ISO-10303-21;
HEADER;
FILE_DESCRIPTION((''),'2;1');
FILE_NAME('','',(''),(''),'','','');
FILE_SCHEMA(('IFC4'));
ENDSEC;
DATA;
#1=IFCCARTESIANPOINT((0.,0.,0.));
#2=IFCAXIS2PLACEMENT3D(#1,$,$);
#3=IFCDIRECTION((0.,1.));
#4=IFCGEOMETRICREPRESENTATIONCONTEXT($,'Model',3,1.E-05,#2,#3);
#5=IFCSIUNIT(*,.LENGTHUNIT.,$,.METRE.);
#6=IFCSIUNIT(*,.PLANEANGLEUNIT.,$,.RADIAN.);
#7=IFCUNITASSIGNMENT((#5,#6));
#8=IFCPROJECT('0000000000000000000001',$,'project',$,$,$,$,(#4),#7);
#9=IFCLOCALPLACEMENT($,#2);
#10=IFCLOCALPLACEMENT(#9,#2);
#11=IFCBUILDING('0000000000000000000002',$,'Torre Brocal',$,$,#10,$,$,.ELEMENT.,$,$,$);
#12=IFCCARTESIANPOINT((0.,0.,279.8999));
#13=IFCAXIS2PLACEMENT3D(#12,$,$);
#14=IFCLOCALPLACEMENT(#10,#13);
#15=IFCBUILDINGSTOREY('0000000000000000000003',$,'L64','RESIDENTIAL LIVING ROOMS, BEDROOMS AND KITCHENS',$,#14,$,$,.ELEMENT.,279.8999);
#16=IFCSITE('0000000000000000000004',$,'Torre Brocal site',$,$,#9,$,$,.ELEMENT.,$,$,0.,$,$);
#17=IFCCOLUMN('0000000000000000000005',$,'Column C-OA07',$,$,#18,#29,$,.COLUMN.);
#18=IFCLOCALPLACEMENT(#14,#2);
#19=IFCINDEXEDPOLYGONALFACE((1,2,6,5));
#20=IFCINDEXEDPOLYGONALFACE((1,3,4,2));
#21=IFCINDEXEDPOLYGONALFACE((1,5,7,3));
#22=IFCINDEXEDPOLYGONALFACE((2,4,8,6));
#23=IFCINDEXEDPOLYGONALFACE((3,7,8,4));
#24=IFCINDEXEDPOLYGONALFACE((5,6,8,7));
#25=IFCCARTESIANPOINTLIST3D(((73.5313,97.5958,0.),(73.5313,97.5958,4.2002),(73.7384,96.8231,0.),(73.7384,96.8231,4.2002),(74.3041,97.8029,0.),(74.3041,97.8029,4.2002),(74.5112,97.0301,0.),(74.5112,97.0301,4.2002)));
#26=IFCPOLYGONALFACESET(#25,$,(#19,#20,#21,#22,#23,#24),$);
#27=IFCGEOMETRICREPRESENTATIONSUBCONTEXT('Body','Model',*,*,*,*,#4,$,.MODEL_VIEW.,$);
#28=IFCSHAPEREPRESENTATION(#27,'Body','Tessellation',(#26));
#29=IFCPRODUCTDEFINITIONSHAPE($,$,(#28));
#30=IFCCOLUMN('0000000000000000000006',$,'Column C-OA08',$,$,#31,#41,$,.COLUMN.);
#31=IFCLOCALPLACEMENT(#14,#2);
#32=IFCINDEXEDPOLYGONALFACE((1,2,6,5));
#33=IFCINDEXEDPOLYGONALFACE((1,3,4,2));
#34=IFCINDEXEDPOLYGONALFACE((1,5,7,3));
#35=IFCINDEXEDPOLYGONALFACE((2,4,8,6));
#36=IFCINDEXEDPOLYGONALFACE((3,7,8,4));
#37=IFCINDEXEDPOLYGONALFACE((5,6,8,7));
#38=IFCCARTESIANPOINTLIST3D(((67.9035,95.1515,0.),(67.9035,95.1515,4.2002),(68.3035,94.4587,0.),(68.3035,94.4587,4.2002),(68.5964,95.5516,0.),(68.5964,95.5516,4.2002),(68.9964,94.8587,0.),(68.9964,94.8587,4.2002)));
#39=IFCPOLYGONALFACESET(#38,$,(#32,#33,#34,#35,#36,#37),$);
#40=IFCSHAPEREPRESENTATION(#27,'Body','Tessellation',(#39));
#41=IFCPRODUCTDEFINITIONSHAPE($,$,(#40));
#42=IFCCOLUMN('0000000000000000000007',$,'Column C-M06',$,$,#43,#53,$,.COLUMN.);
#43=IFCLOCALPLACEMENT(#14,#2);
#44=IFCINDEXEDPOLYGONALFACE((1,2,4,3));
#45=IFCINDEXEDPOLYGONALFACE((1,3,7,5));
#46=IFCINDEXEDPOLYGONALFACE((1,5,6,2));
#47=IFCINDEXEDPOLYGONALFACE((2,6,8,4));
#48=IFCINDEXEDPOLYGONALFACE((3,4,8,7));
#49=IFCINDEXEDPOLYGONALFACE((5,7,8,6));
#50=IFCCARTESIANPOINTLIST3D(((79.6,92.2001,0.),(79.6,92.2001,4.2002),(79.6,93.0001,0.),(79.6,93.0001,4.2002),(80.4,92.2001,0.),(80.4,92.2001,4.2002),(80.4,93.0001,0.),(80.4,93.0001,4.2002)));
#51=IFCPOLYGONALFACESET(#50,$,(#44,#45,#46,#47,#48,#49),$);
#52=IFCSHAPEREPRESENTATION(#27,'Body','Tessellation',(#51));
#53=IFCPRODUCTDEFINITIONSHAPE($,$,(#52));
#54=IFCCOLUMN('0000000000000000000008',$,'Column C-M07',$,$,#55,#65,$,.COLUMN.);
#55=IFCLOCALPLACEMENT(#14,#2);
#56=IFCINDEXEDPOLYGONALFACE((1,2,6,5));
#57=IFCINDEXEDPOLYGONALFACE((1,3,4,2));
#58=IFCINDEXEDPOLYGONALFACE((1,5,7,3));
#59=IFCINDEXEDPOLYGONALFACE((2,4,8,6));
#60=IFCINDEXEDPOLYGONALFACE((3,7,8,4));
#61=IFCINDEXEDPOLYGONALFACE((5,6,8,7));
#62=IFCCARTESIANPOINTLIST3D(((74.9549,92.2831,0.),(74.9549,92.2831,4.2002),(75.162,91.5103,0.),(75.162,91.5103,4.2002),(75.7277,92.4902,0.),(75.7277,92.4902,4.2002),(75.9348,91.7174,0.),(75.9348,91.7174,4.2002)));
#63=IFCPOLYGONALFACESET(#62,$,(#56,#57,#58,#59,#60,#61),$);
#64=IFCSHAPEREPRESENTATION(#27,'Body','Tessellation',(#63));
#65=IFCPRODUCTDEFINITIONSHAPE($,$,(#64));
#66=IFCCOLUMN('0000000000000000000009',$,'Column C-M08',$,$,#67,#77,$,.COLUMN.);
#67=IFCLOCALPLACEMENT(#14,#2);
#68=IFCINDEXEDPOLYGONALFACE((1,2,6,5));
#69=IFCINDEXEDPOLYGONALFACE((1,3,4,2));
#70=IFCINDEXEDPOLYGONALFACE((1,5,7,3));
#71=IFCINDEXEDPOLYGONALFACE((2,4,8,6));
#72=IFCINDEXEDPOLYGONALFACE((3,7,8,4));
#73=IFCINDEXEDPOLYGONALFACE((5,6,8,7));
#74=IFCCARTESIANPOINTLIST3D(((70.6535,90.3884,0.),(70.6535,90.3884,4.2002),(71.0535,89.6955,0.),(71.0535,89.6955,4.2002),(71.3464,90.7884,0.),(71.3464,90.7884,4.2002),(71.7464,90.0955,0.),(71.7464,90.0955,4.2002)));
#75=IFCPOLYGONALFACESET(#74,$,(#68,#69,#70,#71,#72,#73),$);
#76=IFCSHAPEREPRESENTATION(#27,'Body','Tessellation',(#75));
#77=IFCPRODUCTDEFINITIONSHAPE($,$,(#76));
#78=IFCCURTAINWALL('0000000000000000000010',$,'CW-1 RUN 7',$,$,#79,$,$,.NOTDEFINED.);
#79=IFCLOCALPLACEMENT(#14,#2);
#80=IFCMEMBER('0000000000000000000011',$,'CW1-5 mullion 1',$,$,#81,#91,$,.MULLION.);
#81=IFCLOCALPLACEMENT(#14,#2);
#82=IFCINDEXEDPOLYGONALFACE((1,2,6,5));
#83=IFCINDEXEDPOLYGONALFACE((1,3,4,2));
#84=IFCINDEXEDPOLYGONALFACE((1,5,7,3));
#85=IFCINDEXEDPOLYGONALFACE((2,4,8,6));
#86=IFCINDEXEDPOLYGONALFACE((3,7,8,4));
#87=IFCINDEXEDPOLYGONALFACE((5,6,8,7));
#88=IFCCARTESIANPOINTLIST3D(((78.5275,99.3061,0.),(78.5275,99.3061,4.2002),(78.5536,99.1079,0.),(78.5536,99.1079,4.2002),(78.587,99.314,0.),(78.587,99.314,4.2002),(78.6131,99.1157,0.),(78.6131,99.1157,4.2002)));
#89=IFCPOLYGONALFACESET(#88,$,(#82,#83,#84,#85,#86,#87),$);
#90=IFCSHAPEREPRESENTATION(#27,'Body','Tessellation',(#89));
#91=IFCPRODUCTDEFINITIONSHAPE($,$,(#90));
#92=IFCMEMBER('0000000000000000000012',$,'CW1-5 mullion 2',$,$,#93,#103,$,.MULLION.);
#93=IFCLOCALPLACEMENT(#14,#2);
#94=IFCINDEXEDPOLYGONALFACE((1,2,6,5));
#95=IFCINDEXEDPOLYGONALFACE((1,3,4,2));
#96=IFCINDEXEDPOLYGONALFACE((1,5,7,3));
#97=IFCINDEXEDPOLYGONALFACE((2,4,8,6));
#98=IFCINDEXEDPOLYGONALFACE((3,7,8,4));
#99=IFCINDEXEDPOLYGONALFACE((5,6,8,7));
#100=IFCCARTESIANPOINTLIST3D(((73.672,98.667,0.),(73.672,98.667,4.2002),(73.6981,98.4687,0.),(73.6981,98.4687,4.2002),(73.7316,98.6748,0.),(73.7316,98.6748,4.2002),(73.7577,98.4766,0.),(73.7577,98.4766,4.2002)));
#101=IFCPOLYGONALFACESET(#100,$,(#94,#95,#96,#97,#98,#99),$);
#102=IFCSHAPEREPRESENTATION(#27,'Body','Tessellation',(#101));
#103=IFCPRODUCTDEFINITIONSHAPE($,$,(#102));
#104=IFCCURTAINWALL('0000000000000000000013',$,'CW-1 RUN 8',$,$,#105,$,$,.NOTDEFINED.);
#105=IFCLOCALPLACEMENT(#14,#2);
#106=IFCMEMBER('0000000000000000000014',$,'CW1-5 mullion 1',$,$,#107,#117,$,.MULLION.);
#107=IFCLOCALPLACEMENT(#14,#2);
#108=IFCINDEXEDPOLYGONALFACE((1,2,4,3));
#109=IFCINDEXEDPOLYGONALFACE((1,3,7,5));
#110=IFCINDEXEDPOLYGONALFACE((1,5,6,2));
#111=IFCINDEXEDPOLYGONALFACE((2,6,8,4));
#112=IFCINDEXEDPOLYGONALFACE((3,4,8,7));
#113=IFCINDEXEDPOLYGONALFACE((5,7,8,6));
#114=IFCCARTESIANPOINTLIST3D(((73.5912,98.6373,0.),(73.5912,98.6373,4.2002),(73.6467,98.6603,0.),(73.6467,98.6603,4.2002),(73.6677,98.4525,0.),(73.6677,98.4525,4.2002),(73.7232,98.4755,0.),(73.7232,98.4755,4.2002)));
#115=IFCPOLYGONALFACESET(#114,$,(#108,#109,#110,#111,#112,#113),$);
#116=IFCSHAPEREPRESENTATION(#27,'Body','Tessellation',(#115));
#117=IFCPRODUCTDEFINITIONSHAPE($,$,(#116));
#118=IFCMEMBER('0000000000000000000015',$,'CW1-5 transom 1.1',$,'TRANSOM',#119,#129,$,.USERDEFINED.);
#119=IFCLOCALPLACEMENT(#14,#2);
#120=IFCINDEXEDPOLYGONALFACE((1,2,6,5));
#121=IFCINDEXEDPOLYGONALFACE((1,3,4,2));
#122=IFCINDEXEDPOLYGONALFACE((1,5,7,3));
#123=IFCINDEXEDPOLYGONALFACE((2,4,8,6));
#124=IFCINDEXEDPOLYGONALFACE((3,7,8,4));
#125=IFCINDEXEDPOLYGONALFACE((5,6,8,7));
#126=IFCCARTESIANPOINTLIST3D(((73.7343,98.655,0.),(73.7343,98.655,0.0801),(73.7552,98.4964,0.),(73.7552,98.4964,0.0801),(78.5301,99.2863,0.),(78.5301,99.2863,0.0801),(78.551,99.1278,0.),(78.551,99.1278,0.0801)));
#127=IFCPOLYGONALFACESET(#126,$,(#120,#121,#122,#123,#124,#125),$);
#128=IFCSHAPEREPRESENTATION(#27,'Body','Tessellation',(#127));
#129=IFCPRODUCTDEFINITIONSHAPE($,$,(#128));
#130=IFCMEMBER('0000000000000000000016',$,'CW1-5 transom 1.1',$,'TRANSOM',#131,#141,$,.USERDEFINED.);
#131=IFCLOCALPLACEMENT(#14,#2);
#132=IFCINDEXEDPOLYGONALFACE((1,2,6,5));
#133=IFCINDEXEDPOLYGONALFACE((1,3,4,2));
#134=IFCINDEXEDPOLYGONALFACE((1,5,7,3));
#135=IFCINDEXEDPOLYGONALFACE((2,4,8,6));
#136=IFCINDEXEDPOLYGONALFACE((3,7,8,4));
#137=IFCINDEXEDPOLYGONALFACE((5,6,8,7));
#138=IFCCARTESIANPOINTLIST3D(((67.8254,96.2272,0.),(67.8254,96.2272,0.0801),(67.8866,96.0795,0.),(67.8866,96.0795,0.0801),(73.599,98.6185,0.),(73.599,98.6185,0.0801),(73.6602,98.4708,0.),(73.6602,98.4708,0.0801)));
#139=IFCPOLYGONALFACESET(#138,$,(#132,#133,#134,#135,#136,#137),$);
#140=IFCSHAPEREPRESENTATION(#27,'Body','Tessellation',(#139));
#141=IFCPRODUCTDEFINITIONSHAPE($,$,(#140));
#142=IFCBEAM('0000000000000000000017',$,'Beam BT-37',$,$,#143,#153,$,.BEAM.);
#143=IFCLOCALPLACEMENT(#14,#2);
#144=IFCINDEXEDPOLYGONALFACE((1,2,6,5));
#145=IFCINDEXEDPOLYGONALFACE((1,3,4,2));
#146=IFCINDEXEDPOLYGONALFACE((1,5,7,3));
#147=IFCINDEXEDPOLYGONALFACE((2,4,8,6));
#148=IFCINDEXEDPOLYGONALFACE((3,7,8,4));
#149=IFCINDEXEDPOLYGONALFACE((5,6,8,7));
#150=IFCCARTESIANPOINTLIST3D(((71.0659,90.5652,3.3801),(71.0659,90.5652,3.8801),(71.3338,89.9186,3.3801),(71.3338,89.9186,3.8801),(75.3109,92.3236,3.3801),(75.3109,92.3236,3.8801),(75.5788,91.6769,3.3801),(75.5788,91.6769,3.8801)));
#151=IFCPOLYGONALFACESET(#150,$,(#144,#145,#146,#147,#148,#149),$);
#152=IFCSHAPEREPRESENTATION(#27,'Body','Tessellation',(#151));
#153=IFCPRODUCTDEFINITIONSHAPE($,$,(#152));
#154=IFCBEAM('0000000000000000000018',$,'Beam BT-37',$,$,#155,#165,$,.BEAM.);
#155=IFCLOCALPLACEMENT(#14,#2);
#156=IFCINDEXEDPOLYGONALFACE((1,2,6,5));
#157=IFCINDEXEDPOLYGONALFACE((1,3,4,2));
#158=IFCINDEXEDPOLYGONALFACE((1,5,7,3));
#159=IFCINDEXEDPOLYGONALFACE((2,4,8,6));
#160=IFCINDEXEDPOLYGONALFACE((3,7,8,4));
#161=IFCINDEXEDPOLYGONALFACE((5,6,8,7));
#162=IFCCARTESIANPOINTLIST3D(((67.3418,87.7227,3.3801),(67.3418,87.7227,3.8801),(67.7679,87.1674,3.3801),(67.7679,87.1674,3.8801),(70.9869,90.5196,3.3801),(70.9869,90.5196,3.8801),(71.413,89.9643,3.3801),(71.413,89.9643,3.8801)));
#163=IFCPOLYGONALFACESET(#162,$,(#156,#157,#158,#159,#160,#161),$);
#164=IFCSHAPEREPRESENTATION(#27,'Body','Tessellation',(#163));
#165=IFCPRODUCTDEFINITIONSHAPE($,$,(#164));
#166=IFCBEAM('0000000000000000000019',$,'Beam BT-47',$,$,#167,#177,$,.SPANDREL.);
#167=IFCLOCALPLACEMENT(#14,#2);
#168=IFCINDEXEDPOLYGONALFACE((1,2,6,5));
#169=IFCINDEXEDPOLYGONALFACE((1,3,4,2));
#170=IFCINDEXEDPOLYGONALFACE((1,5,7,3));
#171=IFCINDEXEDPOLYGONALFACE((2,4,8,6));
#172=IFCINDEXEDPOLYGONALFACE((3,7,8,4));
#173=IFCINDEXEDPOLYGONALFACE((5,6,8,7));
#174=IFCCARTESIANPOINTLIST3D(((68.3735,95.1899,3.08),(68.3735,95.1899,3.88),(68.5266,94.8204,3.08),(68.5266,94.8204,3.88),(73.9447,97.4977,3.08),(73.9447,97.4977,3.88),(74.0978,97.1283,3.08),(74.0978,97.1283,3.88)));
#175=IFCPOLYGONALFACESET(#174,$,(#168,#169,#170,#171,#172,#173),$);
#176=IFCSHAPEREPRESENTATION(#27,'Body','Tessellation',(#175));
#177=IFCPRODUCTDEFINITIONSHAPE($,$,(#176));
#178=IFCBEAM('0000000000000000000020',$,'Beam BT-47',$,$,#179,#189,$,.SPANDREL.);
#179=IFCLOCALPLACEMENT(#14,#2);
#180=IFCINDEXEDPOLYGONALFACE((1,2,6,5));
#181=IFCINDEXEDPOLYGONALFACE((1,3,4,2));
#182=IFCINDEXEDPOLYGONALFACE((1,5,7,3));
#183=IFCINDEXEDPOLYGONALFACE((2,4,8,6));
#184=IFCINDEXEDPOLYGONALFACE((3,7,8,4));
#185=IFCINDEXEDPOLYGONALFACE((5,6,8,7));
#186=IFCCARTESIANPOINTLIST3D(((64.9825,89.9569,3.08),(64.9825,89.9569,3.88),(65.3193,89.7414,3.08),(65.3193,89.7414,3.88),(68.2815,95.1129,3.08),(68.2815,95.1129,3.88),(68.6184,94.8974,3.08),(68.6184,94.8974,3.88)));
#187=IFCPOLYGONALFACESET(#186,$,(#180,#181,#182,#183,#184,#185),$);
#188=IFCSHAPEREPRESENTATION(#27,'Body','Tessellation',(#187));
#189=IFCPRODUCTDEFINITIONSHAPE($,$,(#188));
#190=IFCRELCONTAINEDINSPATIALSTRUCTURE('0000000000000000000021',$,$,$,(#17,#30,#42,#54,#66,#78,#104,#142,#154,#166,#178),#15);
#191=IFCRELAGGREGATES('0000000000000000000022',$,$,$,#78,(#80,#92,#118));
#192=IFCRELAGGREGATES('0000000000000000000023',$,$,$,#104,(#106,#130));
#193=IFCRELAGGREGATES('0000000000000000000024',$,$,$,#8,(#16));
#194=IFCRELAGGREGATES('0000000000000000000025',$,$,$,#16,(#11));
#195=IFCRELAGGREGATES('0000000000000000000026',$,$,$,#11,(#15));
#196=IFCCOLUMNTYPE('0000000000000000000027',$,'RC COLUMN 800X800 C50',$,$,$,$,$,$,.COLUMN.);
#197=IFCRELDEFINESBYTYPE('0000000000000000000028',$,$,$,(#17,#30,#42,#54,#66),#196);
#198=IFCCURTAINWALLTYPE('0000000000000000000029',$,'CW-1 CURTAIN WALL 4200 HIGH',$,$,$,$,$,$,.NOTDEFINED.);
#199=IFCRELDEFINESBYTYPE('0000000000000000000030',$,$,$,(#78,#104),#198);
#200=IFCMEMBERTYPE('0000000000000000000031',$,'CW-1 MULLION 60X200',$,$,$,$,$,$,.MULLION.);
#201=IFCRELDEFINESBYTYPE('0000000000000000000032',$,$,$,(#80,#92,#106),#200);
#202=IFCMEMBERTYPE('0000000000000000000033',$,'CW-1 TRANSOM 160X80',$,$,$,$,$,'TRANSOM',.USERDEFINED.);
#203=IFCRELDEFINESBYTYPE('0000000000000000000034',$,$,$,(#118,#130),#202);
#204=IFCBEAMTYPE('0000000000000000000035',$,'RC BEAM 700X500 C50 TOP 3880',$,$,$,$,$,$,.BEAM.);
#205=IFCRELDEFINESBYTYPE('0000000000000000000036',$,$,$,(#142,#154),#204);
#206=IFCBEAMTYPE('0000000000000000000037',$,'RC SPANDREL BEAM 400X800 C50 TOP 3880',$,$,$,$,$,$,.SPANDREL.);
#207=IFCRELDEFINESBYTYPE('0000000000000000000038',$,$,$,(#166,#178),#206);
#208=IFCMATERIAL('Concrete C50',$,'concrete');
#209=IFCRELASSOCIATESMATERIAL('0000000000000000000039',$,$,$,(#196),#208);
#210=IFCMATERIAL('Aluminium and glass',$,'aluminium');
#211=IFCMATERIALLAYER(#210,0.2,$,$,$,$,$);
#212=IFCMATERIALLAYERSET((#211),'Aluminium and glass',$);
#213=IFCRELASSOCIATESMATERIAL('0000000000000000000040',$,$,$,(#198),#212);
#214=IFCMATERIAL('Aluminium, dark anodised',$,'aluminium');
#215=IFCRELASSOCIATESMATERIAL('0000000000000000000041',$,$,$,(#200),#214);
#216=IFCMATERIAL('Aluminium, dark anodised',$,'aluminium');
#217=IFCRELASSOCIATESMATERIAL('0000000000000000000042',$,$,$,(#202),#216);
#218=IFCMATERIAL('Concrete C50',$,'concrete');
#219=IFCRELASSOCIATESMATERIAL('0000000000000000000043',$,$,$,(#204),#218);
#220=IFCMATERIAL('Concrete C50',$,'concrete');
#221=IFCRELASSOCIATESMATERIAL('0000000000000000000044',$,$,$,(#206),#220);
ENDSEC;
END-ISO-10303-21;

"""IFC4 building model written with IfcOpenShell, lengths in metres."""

from ifc_helpers import new_model, si_unit, direction, frame, origin, origin_2d, place, context, subcontext, project, spatial, rectangle, extrude, material, layer, layer_set, material_profile, profile_set, type_object, element, aggregate, save


model = new_model("IFC4")

# Units and contexts
model_context = context("Model", 3, precision=1e-05, world=origin(), true_north=direction((0.0, 1.0)))
body_context = subcontext(model_context, "Body", "Model", "MODEL_VIEW")
ifc_project = project(units=[si_unit("LENGTHUNIT", "METRE"), si_unit("PLANEANGLEUNIT", "RADIAN")], contexts=[model_context])

# Site, building, storey
site_placement = place(None, origin())
site = spatial("IfcSite", under=ifc_project, at=site_placement, Name="Torre Brocal site", CompositionType="ELEMENT", RefElevation=0.0)
building_placement = place(site_placement, origin())
building = spatial("IfcBuilding", under=site, at=building_placement, Name="Torre Brocal", CompositionType="ELEMENT")
storey_placement = place(building_placement, frame((0.0, 0.0, 279.8999)))
storey = spatial("IfcBuildingStorey", under=building, at=storey_placement, Name="L64", Description="RESIDENTIAL LIVING ROOMS, BEDROOMS AND KITCHENS", CompositionType="ELEMENT", Elevation=279.8999)

# Columns
ifc_material_1 = material(Name="Concrete C50", Category="concrete")
ifc_material_profile_1 = material_profile(ifc_material_1, rectangle(XDim=0.8, YDim=0.8, at=origin_2d()), Name="RC 800X800")
ifc_profile_set_1 = profile_set([ifc_material_profile_1], Name="Concrete C50")
column_type = type_object("IfcColumnType", Name="RC COLUMN 800X800 C50", PredefinedType="COLUMN", material=ifc_profile_set_1)
for number, where, z_axis, x_axis, name in (
    (1, (74.0212, 97.313, 0.0), (0.0, 0.0, 1.0), (-0.258819, 0.965926, 0.0), "Column C-OA07"),
    (2, (68.45, 95.0051, 0.0), (0.0, 0.0, 1.0), (-0.5, 0.866025, 0.0), "Column C-OA08"),
    (3, (80.0, 92.6001, 0.0), (0.0, 0.0, 1.0), (0.0, 1.0, 0.0), "Column C-M06"),
    (4, (75.4448, 92.0002, 0.0), (0.0, 0.0, 1.0), (-0.258819, 0.965926, 0.0), "Column C-M07"),
    (5, (71.2, 90.2419, 0.0), (0.0, 0.0, 1.0), (-0.5, 0.866025, 0.0), "Column C-M08"),
):
    element("IfcColumn", number, at=place(storey_placement, frame(where, z_axis=z_axis, x_axis=x_axis)), inside=storey, type_object=column_type, Name=name, PredefinedType="COLUMN", context=body_context, shape_type="SweptSolid", body=[
        extrude(rectangle(XDim=0.8, YDim=0.8, at=origin_2d()), origin(), (0.0, 0.0, 1.0), 4.2002),
    ])

# Curtain wall, members
ifc_material_2 = material(Name="Aluminium and glass", Category="aluminium")
ifc_layer_1 = layer(ifc_material_2, 0.2)
ifc_layer_set_1 = layer_set([ifc_layer_1], Name="Aluminium and glass")
curtain_wall_type = type_object("IfcCurtainWallType", Name="CW-1 CURTAIN WALL 4200 HIGH", PredefinedType="NOTDEFINED", material=ifc_layer_set_1)
curtain_wall_1_placement = place(storey_placement, origin())
curtain_wall_1 = element("IfcCurtainWall", 6, at=curtain_wall_1_placement, inside=storey, type_object=curtain_wall_type, Name="CW-1 RUN 7", PredefinedType="NOTDEFINED")
ifc_material_3 = material(Name="Aluminium, dark anodised", Category="aluminium")
ifc_material_profile_2 = material_profile(ifc_material_3, rectangle(XDim=0.2, YDim=0.0601, at=origin_2d()), Name="CW-1 MULLION 60X200")
ifc_profile_set_2 = profile_set([ifc_material_profile_2], Name="Aluminium, dark anodised")
member_type_1 = type_object("IfcMemberType", Name="CW-1 MULLION 60X200", PredefinedType="MULLION", material=ifc_profile_set_2)
member_1_placement = place(storey_placement, frame((78.5703, 99.2109, 0.0), z_axis=(0.0, 0.0, 1.0), x_axis=(0.130526, -0.991445, 0.0)))
member_1 = element("IfcMember", 7, at=member_1_placement, type_object=member_type_1, Name="CW1-5 mullion 1", PredefinedType="MULLION", context=body_context, shape_type="SweptSolid", body=[
    extrude(rectangle(XDim=0.2, YDim=0.0601, at=origin_2d()), origin(), (0.0, 0.0, 1.0), 4.2002),
])
member_2_placement = place(storey_placement, frame((73.7148, 98.5718, 0.0), z_axis=(0.0, 0.0, 1.0), x_axis=(0.130526, -0.991445, 0.0)))
member_2 = element("IfcMember", 8, at=member_2_placement, type_object=member_type_1, Name="CW1-5 mullion 2", PredefinedType="MULLION", context=body_context, shape_type="SweptSolid", body=[
    extrude(rectangle(XDim=0.2, YDim=0.0601, at=origin_2d()), origin(), (0.0, 0.0, 1.0), 4.2002),
])

# Curtain wall, member
curtain_wall_2_placement = place(storey_placement, origin())
curtain_wall_2 = element("IfcCurtainWall", 9, at=curtain_wall_2_placement, inside=storey, type_object=curtain_wall_type, Name="CW-1 RUN 8", PredefinedType="NOTDEFINED")
member_3_placement = place(storey_placement, frame((73.6572, 98.5564, 0.0), z_axis=(0.0, 0.0, 1.0), x_axis=(0.382683, -0.92388, 0.0)))
member_3 = element("IfcMember", 10, at=member_3_placement, type_object=member_type_1, Name="CW1-5 mullion 1", PredefinedType="MULLION", context=body_context, shape_type="SweptSolid", body=[
    extrude(rectangle(XDim=0.2, YDim=0.0601, at=origin_2d()), origin(), (0.0, 0.0, 1.0), 4.2002),
])

# Members
ifc_material_4 = material(Name="Aluminium, dark anodised", Category="aluminium")
ifc_material_profile_3 = material_profile(ifc_material_4, rectangle(XDim=0.1599, YDim=0.0801, at=origin_2d()), Name="CW-1 TRANSOM 160X80")
ifc_profile_set_3 = profile_set([ifc_material_profile_3], Name="Aluminium, dark anodised")
member_type_2 = type_object("IfcMemberType", Name="CW-1 TRANSOM 160X80", ElementType="TRANSOM", PredefinedType="USERDEFINED", material=ifc_profile_set_3)
member_4_placement = place(storey_placement, frame((78.5405, 99.207, 0.04), z_axis=(-0.991446, -0.130517, 0.0), x_axis=(0.130517, -0.991446, 0.0)))
member_4 = element("IfcMember", 11, at=member_4_placement, type_object=member_type_2, Name="CW1-5 transom 1.1", ObjectType="TRANSOM", PredefinedType="USERDEFINED", context=body_context, shape_type="SweptSolid", body=[
    extrude(rectangle(XDim=0.1599, YDim=0.0801, at=origin_2d()), origin(), (0.0, 0.0, 1.0), 4.8372),
])
member_5_placement = place(storey_placement, frame((73.6296, 98.5447, 0.04), z_axis=(-0.92389, -0.382659, 0.0), x_axis=(0.382659, -0.92389, 0.0)))
member_5 = element("IfcMember", 12, at=member_5_placement, type_object=member_type_2, Name="CW1-5 transom 1.1", ObjectType="TRANSOM", PredefinedType="USERDEFINED", context=body_context, shape_type="SweptSolid", body=[
    extrude(rectangle(XDim=0.1599, YDim=0.0801, at=origin_2d()), origin(), (0.0, 0.0, 1.0), 6.2493),
])

# Beams
ifc_material_5 = material(Name="Concrete C50", Category="concrete")
ifc_material_profile_4 = material_profile(ifc_material_5, rectangle(XDim=0.7, YDim=0.5, at=origin_2d()), Name="RC 700X500")
ifc_profile_set_4 = profile_set([ifc_material_profile_4], Name="Concrete C50")
beam_type_1 = type_object("IfcBeamType", Name="RC BEAM 700X500 C50 TOP 3880", PredefinedType="BEAM", material=ifc_profile_set_4)
beam_1_placement = place(storey_placement, frame((75.4448, 92.0002, 3.6301), z_axis=(-0.923878, -0.382687, 0.0), x_axis=(0.382687, -0.923878, 0.0)))
element("IfcBeam", 13, at=beam_1_placement, inside=storey, type_object=beam_type_1, Name="Beam BT-37", PredefinedType="BEAM", context=body_context, shape_type="SweptSolid", body=[
    extrude(rectangle(XDim=0.7, YDim=0.5, at=origin_2d()), origin(), (0.0, 0.0, 1.0), 4.5947),
])
beam_2_placement = place(storey_placement, frame((71.2, 90.2419, 3.6301), z_axis=(-0.793358, -0.608755, 0.0), x_axis=(0.608755, -0.793358, 0.0)))
element("IfcBeam", 14, at=beam_2_placement, inside=storey, type_object=beam_type_1, Name="Beam BT-37", PredefinedType="BEAM", context=body_context, shape_type="SweptSolid", body=[
    extrude(rectangle(XDim=0.7, YDim=0.5, at=origin_2d()), origin(), (0.0, 0.0, 1.0), 4.5945),
])
ifc_material_6 = material(Name="Concrete C50", Category="concrete")
ifc_material_profile_5 = material_profile(ifc_material_6, rectangle(XDim=0.3999, YDim=0.8, at=origin_2d()), Name="RC 400X800")
ifc_profile_set_5 = profile_set([ifc_material_profile_5], Name="Concrete C50")
beam_type_2 = type_object("IfcBeamType", Name="RC SPANDREL BEAM 400X800 C50 TOP 3880", PredefinedType="SPANDREL", material=ifc_profile_set_5)
beam_3_placement = place(storey_placement, frame((74.0212, 97.313, 3.48), z_axis=(-0.92387, -0.382706, 0.0), x_axis=(0.382706, -0.92387, 0.0)))
element("IfcBeam", 15, at=beam_3_placement, inside=storey, type_object=beam_type_2, Name="Beam BT-47", PredefinedType="SPANDREL", context=body_context, shape_type="SweptSolid", body=[
    extrude(rectangle(XDim=0.3999, YDim=0.8, at=origin_2d()), origin(), (0.0, 0.0, 1.0), 6.0303),
])
beam_4_placement = place(storey_placement, frame((68.45, 95.0051, 3.48), z_axis=(-0.538964, -0.842329, 0.0), x_axis=(0.842329, -0.538964, 0.0)))
element("IfcBeam", 16, at=beam_4_placement, inside=storey, type_object=beam_type_2, Name="Beam BT-47", PredefinedType="SPANDREL", context=body_context, shape_type="SweptSolid", body=[
    extrude(rectangle(XDim=0.3999, YDim=0.8, at=origin_2d()), origin(), (0.0, 0.0, 1.0), 6.1211),
])

aggregate(curtain_wall_1, [member_1, member_2, member_4])
aggregate(curtain_wall_2, [member_3, member_5])

save(model, "model.ifc")
